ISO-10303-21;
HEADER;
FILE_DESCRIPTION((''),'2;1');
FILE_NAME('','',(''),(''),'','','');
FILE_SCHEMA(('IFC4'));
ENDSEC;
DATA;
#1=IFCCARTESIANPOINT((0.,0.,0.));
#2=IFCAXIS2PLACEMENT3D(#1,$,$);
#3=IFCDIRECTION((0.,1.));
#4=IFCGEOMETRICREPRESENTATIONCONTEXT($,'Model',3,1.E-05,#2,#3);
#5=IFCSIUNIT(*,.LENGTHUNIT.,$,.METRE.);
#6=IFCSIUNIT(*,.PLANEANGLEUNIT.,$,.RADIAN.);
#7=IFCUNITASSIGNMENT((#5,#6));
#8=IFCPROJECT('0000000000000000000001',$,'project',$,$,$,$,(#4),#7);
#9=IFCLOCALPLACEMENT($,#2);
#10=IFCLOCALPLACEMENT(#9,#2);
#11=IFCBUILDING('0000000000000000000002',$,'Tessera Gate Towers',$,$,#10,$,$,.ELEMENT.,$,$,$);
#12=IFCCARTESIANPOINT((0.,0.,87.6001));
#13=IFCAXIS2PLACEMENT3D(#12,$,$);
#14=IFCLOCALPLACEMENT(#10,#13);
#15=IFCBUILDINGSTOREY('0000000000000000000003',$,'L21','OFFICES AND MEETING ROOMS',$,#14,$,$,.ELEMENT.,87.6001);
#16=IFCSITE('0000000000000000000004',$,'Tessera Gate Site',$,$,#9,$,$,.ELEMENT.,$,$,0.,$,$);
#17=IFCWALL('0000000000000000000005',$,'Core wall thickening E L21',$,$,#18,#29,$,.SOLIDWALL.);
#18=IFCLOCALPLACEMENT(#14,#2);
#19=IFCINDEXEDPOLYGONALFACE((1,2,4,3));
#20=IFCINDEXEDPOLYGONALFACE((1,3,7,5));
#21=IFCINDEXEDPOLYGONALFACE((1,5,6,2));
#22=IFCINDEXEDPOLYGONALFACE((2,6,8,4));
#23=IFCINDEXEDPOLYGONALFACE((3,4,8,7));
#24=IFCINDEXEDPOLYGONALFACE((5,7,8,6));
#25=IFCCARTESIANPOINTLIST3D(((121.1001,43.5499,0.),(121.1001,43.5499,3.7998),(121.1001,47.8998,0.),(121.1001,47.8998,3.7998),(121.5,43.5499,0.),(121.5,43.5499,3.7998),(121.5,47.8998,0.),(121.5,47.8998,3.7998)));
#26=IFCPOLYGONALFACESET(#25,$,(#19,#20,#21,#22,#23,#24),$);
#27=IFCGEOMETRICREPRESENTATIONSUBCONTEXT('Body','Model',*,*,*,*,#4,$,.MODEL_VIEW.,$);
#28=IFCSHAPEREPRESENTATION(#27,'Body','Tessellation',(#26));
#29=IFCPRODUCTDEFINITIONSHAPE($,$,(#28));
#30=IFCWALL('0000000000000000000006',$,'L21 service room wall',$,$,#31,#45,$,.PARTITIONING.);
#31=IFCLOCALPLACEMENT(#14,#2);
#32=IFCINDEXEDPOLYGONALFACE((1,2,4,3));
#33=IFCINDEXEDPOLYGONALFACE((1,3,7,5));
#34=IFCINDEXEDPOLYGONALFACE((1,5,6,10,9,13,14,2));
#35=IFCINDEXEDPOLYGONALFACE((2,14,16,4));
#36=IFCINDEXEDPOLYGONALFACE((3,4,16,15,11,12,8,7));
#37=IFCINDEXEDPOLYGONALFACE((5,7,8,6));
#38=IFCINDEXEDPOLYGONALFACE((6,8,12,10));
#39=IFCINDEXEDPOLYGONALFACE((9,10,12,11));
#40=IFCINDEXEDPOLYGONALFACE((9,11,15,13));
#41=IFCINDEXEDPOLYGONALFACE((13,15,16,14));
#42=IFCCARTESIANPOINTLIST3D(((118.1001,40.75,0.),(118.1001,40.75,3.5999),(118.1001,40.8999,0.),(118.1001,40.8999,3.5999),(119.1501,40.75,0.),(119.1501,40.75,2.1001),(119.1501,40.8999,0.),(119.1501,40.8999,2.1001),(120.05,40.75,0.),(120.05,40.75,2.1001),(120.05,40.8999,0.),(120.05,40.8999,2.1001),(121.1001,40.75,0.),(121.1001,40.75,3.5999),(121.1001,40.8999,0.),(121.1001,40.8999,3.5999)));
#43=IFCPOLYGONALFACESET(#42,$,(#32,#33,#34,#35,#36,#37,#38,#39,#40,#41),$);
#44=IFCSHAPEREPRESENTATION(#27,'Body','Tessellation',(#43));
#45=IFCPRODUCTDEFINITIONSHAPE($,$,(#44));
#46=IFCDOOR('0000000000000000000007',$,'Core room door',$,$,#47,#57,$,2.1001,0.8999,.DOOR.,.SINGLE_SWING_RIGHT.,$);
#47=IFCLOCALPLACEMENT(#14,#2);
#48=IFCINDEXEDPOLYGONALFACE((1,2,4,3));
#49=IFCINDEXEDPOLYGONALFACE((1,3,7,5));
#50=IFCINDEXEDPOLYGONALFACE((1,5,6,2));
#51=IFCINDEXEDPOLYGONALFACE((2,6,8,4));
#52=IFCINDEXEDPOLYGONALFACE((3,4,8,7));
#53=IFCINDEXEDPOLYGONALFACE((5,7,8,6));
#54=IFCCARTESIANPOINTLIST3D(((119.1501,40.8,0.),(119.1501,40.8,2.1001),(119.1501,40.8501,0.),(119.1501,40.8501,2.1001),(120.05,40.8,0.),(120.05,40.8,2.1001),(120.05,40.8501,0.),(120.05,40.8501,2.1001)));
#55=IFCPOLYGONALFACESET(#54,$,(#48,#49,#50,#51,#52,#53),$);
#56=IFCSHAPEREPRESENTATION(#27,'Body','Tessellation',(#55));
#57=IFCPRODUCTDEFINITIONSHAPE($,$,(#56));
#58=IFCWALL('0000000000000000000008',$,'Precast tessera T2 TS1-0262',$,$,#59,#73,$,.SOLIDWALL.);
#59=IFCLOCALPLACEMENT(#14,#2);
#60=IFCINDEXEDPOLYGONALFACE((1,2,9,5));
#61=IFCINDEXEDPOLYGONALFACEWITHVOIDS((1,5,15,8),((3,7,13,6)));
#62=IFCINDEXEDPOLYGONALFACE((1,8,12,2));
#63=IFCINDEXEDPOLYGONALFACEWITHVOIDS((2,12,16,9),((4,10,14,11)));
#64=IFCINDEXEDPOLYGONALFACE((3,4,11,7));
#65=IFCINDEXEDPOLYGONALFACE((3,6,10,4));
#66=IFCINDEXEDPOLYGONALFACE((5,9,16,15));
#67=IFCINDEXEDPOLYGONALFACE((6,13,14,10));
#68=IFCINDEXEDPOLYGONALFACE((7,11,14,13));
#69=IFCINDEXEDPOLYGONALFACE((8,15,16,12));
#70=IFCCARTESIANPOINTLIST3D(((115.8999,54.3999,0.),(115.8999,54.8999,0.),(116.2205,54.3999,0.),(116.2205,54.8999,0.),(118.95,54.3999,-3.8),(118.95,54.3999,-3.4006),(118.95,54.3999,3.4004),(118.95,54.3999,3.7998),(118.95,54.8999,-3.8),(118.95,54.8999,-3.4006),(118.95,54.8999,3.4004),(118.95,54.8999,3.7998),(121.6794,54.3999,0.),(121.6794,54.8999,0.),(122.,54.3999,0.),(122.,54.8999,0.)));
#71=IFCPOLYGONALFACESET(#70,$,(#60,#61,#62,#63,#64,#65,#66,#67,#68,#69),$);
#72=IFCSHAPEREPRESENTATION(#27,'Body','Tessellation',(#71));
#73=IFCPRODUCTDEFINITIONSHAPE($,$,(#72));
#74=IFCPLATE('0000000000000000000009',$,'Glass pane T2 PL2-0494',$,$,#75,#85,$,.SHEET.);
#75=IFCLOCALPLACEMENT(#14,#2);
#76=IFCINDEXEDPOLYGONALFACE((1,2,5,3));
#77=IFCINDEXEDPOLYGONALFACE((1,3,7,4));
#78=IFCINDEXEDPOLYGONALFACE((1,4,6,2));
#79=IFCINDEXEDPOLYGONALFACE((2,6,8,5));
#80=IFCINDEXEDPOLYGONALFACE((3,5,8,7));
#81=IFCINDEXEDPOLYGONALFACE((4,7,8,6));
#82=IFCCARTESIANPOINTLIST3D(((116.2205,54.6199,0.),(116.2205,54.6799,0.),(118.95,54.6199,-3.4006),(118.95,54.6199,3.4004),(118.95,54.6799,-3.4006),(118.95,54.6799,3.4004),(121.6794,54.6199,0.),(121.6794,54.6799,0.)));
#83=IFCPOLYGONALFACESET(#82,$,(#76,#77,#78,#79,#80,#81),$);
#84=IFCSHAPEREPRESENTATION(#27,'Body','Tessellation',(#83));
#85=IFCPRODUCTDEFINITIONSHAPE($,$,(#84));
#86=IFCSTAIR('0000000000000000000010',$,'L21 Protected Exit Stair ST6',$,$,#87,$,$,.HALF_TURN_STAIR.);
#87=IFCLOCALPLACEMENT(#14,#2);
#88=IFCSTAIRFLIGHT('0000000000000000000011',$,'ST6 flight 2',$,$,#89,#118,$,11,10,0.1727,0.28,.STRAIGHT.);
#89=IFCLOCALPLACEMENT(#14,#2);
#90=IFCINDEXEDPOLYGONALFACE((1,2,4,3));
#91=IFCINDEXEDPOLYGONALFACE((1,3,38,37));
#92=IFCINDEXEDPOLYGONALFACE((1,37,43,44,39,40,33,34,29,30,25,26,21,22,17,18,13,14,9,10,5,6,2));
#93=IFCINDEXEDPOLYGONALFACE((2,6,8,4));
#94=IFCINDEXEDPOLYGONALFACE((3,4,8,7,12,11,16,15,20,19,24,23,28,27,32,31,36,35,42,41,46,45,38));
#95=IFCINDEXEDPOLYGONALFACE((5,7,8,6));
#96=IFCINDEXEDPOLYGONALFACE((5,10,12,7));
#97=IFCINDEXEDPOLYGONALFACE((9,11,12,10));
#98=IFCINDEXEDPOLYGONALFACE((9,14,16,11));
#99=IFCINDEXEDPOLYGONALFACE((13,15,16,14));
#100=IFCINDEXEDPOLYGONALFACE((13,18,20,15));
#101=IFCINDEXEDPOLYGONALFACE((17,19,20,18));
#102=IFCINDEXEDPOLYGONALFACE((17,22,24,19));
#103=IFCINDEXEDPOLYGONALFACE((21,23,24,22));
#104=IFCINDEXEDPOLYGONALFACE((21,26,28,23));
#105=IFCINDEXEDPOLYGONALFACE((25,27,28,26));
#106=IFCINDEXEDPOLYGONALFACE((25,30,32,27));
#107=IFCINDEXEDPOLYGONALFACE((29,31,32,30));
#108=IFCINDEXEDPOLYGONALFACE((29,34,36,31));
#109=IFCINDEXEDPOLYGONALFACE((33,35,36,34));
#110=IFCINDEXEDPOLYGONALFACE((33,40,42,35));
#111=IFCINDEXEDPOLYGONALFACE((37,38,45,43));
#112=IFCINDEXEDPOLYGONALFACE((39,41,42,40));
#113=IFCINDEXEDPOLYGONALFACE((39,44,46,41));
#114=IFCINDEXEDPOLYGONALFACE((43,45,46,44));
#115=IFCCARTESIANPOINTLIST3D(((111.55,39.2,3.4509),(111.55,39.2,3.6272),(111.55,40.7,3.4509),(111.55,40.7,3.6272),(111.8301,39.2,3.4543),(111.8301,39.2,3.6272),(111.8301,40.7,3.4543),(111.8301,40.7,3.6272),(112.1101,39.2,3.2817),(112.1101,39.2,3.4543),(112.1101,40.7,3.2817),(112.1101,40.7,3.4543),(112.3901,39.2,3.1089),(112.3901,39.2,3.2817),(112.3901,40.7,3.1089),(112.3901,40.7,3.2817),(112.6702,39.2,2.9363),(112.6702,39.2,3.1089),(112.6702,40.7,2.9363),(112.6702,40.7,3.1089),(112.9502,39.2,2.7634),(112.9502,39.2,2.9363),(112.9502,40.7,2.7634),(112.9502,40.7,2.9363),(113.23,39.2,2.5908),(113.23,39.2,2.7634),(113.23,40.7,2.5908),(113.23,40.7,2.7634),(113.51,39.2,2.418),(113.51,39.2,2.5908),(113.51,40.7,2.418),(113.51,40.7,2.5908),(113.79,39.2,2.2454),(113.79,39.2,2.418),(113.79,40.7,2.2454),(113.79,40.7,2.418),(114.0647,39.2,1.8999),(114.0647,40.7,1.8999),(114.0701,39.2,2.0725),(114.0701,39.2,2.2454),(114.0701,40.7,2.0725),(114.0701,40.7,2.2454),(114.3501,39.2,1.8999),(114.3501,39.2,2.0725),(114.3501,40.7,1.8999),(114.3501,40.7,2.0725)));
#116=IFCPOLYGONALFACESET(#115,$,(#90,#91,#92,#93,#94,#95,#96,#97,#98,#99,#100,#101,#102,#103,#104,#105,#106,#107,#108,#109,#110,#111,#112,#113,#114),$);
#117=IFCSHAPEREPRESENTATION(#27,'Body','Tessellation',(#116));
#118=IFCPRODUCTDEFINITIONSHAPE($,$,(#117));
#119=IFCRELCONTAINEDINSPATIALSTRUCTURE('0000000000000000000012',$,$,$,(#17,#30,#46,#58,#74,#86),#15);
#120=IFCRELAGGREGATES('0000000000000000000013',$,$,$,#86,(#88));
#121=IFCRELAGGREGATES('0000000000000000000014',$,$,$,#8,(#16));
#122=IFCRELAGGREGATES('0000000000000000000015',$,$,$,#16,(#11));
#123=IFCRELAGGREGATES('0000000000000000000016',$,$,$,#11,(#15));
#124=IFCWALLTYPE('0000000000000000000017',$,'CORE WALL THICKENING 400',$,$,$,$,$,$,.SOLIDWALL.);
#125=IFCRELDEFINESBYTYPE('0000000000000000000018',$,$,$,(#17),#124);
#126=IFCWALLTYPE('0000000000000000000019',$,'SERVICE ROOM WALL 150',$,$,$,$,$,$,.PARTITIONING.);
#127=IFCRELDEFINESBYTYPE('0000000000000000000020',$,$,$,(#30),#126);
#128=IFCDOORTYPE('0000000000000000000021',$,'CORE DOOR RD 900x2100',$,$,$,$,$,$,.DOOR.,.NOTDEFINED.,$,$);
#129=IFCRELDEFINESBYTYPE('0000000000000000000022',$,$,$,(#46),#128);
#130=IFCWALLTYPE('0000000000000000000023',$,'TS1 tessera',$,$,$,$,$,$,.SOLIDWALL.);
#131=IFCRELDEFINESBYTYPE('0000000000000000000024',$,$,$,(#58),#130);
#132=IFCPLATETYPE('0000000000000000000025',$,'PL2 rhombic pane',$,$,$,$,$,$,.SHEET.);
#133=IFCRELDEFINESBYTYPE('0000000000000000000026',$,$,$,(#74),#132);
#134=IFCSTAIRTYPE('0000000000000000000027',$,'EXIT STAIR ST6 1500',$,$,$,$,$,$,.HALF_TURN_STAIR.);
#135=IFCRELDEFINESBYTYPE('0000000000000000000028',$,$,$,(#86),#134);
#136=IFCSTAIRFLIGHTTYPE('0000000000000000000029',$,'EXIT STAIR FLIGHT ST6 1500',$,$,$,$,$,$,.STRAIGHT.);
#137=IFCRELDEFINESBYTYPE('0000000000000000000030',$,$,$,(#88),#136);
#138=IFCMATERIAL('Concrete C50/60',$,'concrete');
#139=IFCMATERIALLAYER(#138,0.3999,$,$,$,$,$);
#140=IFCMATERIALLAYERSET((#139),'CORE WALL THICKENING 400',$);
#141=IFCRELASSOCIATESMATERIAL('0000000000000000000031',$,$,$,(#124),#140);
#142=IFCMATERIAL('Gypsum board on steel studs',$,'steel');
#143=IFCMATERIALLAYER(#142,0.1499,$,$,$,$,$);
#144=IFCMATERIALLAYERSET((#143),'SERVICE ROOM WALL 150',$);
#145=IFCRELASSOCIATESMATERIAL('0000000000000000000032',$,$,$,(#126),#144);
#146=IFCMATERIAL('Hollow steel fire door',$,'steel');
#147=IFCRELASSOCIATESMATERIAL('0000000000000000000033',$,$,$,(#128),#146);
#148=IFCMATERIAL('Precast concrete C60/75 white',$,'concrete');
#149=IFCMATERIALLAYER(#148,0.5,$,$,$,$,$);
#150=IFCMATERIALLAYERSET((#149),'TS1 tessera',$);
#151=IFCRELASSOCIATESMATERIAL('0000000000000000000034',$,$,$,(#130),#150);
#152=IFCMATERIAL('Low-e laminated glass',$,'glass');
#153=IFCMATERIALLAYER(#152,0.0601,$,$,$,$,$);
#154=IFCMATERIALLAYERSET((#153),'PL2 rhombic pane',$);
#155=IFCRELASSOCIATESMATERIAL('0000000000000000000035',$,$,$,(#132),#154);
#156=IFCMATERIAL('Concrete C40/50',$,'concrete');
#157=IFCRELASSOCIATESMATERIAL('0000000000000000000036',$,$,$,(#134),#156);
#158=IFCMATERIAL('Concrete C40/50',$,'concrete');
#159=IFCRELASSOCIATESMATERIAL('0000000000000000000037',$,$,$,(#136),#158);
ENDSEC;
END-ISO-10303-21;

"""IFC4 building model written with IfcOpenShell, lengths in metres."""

from ifc_helpers import new_model, si_unit, direction, frame, frame_2d, origin, place, context, subcontext, project, spatial, polyline, rectangle, outline, extrude, source, transform, mapped, material, layer, layer_set, type_object, element, fill, aggregate, save


model = new_model("IFC4")

# Units and contexts
model_context = context("Model", 3, precision=1e-05, world=origin(), true_north=direction((0.0, 1.0)))
body_context = subcontext(model_context, "Body", "Model", "MODEL_VIEW")
ifc_project = project(units=[si_unit("LENGTHUNIT", "METRE"), si_unit("PLANEANGLEUNIT", "RADIAN")], contexts=[model_context])

# Site, building, storey
site_placement = place(None, origin())
site = spatial("IfcSite", under=ifc_project, at=site_placement, Name="Tessera Gate Site", CompositionType="ELEMENT", RefElevation=0.0)
building_placement = place(site_placement, origin())
building = spatial("IfcBuilding", under=site, at=building_placement, Name="Tessera Gate Towers", CompositionType="ELEMENT")
storey_placement = place(building_placement, frame((0.0, 0.0, 87.6001)))
storey = spatial("IfcBuildingStorey", under=building, at=storey_placement, Name="L21", Description="OFFICES AND MEETING ROOMS", CompositionType="ELEMENT", Elevation=87.6001)

# Wall
ifc_material_1 = material(Name="Concrete C50/60", Category="concrete")
ifc_layer_1 = layer(ifc_material_1, 0.3999)
ifc_layer_set_1 = layer_set([ifc_layer_1], Name="CORE WALL THICKENING 400")
wall_type_1 = type_object("IfcWallType", Name="CORE WALL THICKENING 400", PredefinedType="SOLIDWALL", material=ifc_layer_set_1)
wall_1_placement = place(storey_placement, frame((121.3, 43.55, 0.0), z_axis=(0.0, 0.0, 1.0), x_axis=(0.0, 1.0, 0.0)))
element("IfcWall", 1, at=wall_1_placement, inside=storey, type_object=wall_type_1, Name="Core wall thickening E L21", PredefinedType="SOLIDWALL", context=body_context, shape_type="SweptSolid", body=[
    extrude(rectangle(XDim=4.3499, YDim=0.3999, at=frame_2d((2.1748, 0.0))), origin(), (0.0, 0.0, 1.0), 3.7998),
])

# Wall, opening, door
ifc_material_2 = material(Name="Gypsum board on steel studs", Category="steel")
ifc_layer_2 = layer(ifc_material_2, 0.1499)
ifc_layer_set_2 = layer_set([ifc_layer_2], Name="SERVICE ROOM WALL 150")
wall_type_2 = type_object("IfcWallType", Name="SERVICE ROOM WALL 150", PredefinedType="PARTITIONING", material=ifc_layer_set_2)
wall_2_placement = place(storey_placement, frame((121.1001, 40.825, 0.0), z_axis=(0.0, 0.0, 1.0), x_axis=(-1.0, 0.0, 0.0)))
wall_2 = element("IfcWall", 2, at=wall_2_placement, inside=storey, type_object=wall_type_2, Name="L21 service room wall", PredefinedType="PARTITIONING", context=body_context, shape_type="SweptSolid", body=[
    extrude(rectangle(XDim=3.0, YDim=0.1499, at=frame_2d((1.5, 0.0))), origin(), (0.0, 0.0, 1.0), 3.5999),
])
shared_shape_1 = source(origin(), body_context, "Body", "SweptSolid", [
    extrude(rectangle(XDim=0.8999, YDim=2.1001, at=frame_2d((0.45, 1.05))), frame((0.0, 0.085, 0.0), z_axis=(0.0, -1.0, 0.0), x_axis=(1.0, 0.0, 0.0)), (0.0, 0.0, 1.0), 0.1699),
])
opening_1_placement = place(wall_2_placement, frame((1.05, 0.0, 0.0)))
opening_1 = element("IfcOpeningElement", 3, at=opening_1_placement, cuts=wall_2, PredefinedType="OPENING", context=body_context, shape_type="MappedRepresentation", body=[
    mapped(shared_shape_1, transform((0.0, 0.0, 0.0), scale=1.0)),
])
ifc_material_3 = material(Name="Hollow steel fire door", Category="steel")
door_type_1 = type_object("IfcDoorType", Name="CORE DOOR RD 900x2100", OperationType="NOTDEFINED", PredefinedType="DOOR", material=ifc_material_3)
shared_shape_2 = source(origin(), body_context, "Body", "SweptSolid", [
    extrude(rectangle(XDim=0.8999, YDim=2.1001, at=frame_2d((0.45, 1.05))), frame((0.0, 0.0249, 0.0), z_axis=(0.0, -1.0, 0.0), x_axis=(1.0, 0.0, 0.0)), (0.0, 0.0, 1.0), 0.05),
])
door_1_placement = place(opening_1_placement, origin())
door_1 = element("IfcDoor", 4, at=door_1_placement, inside=storey, type_object=door_type_1, Name="Core room door", OperationType="SINGLE_SWING_RIGHT", OverallHeight=2.1001, OverallWidth=0.8999, PredefinedType="DOOR", context=body_context, shape_type="MappedRepresentation", body=[
    mapped(shared_shape_2, transform((0.0, 0.0, 0.0), scale=1.0)),
])
fill(opening_1, door_1)

# Wall, opening, plate
ifc_material_4 = material(Name="Precast concrete C60/75 white", Category="concrete")
ifc_layer_3 = layer(ifc_material_4, 0.5)
ifc_layer_set_3 = layer_set([ifc_layer_3], Name="TS1 tessera")
wall_type_3 = type_object("IfcWallType", Name="TS1 tessera", PredefinedType="SOLIDWALL", material=ifc_layer_set_3)
shared_shape_3 = source(origin(), body_context, "Body", "SweptSolid", [
    extrude(outline(polyline([(3.05, 0.0), (6.1001, 3.8), (3.05, 7.5999), (0.0, 3.8), (3.05, 0.0)])), frame((0.0, 0.25, 0.0), z_axis=(0.0, -1.0, 0.0), x_axis=(1.0, 0.0, 0.0)), (0.0, 0.0, 1.0), 0.5),
])
wall_3_placement = place(storey_placement, frame((122.0, 54.6499, -3.8), z_axis=(0.0, 0.0, 1.0), x_axis=(-1.0, 0.0, 0.0)))
wall_3 = element("IfcWall", 5, at=wall_3_placement, inside=storey, type_object=wall_type_3, Name="Precast tessera T2 TS1-0262", PredefinedType="SOLIDWALL", context=body_context, shape_type="MappedRepresentation", body=[
    mapped(shared_shape_3, transform((0.0, 0.0, 0.0), scale=1.0)),
])
shared_shape_4 = source(origin(), body_context, "Body", "SweptSolid", [
    extrude(outline(polyline([(3.05, 0.3994), (5.7795, 3.8), (3.05, 7.2004), (0.3206, 3.8), (3.05, 0.3994)])), frame((0.0, 0.26, 0.0), z_axis=(0.0, -1.0, 0.0), x_axis=(1.0, 0.0, 0.0)), (0.0, 0.0, 1.0), 0.52),
])
opening_2_placement = place(wall_3_placement, origin())
opening_2 = element("IfcOpeningElement", 6, at=opening_2_placement, cuts=wall_3, PredefinedType="OPENING", context=body_context, shape_type="MappedRepresentation", body=[
    mapped(shared_shape_4, transform((0.0, 0.0, 0.0), scale=1.0)),
])
ifc_material_5 = material(Name="Low-e laminated glass", Category="glass")
ifc_layer_4 = layer(ifc_material_5, 0.0601)
ifc_layer_set_4 = layer_set([ifc_layer_4], Name="PL2 rhombic pane")
plate_type = type_object("IfcPlateType", Name="PL2 rhombic pane", PredefinedType="SHEET", material=ifc_layer_set_4)
shared_shape_5 = source(origin(), body_context, "Body", "SweptSolid", [
    extrude(outline(polyline([(3.05, 0.3994), (5.7795, 3.8), (3.05, 7.2004), (0.3206, 3.8), (3.05, 0.3994)])), frame((0.0, 0.03, 0.0), z_axis=(0.0, -1.0, 0.0), x_axis=(1.0, 0.0, 0.0)), (0.0, 0.0, 1.0), 0.0601),
])
plate_placement = place(opening_2_placement, origin())
plate = element("IfcPlate", 7, at=plate_placement, inside=storey, type_object=plate_type, Name="Glass pane T2 PL2-0494", PredefinedType="SHEET", context=body_context, shape_type="MappedRepresentation", body=[
    mapped(shared_shape_5, transform((0.0, 0.0, 0.0), scale=1.0)),
])
fill(opening_2, plate)

# Stair, stair flight
ifc_material_6 = material(Name="Concrete C40/50", Category="concrete")
stair_type = type_object("IfcStairType", Name="EXIT STAIR ST6 1500", PredefinedType="HALF_TURN_STAIR", material=ifc_material_6)
stair_placement = place(storey_placement, origin())
stair = element("IfcStair", 8, at=stair_placement, inside=storey, type_object=stair_type, Name="L21 Protected Exit Stair ST6", PredefinedType="HALF_TURN_STAIR")
ifc_material_7 = material(Name="Concrete C40/50", Category="concrete")
stair_flight_type = type_object("IfcStairFlightType", Name="EXIT STAIR FLIGHT ST6 1500", PredefinedType="STRAIGHT", material=ifc_material_7)
stair_flight_placement = place(storey_placement, frame((114.3501, 39.95, 1.8999), z_axis=(0.0, 0.0, 1.0), x_axis=(-1.0, 0.0, 0.0)))
stair_flight = element("IfcStairFlight", 9, at=stair_flight_placement, type_object=stair_flight_type, Name="ST6 flight 2", NumberOfRisers=11, NumberOfTreads=10, PredefinedType="STRAIGHT", RiserHeight=0.1727, TreadLength=0.28, context=body_context, shape_type="SweptSolid", body=[
    extrude(outline(polyline([(0.0, 0.0), (0.0, 0.1726), (0.28, 0.1726), (0.28, 0.3455), (0.5601, 0.3455), (0.5601, 0.5181), (0.8401, 0.5181), (0.8401, 0.6909), (1.1201, 0.6909), (1.1201, 0.8635), (1.3999, 0.8635), (1.3999, 1.0364), (1.6799, 1.0364), (1.6799, 1.209), (1.96, 1.209), (1.96, 1.3818), (2.24, 1.3818), (2.24, 1.5544), (2.52, 1.5544), (2.52, 1.7273), (2.8, 1.7273), (2.8, 1.8999), (2.8, 1.551), (0.2854, 0.0), (0.0, 0.0)])), frame((0.0, 0.75, 0.0), z_axis=(0.0, -1.0, 0.0), x_axis=(1.0, 0.0, 0.0)), (0.0, 0.0, 1.0), 1.5),
])
aggregate(stair, [stair_flight])

save(model, "model.ifc")
